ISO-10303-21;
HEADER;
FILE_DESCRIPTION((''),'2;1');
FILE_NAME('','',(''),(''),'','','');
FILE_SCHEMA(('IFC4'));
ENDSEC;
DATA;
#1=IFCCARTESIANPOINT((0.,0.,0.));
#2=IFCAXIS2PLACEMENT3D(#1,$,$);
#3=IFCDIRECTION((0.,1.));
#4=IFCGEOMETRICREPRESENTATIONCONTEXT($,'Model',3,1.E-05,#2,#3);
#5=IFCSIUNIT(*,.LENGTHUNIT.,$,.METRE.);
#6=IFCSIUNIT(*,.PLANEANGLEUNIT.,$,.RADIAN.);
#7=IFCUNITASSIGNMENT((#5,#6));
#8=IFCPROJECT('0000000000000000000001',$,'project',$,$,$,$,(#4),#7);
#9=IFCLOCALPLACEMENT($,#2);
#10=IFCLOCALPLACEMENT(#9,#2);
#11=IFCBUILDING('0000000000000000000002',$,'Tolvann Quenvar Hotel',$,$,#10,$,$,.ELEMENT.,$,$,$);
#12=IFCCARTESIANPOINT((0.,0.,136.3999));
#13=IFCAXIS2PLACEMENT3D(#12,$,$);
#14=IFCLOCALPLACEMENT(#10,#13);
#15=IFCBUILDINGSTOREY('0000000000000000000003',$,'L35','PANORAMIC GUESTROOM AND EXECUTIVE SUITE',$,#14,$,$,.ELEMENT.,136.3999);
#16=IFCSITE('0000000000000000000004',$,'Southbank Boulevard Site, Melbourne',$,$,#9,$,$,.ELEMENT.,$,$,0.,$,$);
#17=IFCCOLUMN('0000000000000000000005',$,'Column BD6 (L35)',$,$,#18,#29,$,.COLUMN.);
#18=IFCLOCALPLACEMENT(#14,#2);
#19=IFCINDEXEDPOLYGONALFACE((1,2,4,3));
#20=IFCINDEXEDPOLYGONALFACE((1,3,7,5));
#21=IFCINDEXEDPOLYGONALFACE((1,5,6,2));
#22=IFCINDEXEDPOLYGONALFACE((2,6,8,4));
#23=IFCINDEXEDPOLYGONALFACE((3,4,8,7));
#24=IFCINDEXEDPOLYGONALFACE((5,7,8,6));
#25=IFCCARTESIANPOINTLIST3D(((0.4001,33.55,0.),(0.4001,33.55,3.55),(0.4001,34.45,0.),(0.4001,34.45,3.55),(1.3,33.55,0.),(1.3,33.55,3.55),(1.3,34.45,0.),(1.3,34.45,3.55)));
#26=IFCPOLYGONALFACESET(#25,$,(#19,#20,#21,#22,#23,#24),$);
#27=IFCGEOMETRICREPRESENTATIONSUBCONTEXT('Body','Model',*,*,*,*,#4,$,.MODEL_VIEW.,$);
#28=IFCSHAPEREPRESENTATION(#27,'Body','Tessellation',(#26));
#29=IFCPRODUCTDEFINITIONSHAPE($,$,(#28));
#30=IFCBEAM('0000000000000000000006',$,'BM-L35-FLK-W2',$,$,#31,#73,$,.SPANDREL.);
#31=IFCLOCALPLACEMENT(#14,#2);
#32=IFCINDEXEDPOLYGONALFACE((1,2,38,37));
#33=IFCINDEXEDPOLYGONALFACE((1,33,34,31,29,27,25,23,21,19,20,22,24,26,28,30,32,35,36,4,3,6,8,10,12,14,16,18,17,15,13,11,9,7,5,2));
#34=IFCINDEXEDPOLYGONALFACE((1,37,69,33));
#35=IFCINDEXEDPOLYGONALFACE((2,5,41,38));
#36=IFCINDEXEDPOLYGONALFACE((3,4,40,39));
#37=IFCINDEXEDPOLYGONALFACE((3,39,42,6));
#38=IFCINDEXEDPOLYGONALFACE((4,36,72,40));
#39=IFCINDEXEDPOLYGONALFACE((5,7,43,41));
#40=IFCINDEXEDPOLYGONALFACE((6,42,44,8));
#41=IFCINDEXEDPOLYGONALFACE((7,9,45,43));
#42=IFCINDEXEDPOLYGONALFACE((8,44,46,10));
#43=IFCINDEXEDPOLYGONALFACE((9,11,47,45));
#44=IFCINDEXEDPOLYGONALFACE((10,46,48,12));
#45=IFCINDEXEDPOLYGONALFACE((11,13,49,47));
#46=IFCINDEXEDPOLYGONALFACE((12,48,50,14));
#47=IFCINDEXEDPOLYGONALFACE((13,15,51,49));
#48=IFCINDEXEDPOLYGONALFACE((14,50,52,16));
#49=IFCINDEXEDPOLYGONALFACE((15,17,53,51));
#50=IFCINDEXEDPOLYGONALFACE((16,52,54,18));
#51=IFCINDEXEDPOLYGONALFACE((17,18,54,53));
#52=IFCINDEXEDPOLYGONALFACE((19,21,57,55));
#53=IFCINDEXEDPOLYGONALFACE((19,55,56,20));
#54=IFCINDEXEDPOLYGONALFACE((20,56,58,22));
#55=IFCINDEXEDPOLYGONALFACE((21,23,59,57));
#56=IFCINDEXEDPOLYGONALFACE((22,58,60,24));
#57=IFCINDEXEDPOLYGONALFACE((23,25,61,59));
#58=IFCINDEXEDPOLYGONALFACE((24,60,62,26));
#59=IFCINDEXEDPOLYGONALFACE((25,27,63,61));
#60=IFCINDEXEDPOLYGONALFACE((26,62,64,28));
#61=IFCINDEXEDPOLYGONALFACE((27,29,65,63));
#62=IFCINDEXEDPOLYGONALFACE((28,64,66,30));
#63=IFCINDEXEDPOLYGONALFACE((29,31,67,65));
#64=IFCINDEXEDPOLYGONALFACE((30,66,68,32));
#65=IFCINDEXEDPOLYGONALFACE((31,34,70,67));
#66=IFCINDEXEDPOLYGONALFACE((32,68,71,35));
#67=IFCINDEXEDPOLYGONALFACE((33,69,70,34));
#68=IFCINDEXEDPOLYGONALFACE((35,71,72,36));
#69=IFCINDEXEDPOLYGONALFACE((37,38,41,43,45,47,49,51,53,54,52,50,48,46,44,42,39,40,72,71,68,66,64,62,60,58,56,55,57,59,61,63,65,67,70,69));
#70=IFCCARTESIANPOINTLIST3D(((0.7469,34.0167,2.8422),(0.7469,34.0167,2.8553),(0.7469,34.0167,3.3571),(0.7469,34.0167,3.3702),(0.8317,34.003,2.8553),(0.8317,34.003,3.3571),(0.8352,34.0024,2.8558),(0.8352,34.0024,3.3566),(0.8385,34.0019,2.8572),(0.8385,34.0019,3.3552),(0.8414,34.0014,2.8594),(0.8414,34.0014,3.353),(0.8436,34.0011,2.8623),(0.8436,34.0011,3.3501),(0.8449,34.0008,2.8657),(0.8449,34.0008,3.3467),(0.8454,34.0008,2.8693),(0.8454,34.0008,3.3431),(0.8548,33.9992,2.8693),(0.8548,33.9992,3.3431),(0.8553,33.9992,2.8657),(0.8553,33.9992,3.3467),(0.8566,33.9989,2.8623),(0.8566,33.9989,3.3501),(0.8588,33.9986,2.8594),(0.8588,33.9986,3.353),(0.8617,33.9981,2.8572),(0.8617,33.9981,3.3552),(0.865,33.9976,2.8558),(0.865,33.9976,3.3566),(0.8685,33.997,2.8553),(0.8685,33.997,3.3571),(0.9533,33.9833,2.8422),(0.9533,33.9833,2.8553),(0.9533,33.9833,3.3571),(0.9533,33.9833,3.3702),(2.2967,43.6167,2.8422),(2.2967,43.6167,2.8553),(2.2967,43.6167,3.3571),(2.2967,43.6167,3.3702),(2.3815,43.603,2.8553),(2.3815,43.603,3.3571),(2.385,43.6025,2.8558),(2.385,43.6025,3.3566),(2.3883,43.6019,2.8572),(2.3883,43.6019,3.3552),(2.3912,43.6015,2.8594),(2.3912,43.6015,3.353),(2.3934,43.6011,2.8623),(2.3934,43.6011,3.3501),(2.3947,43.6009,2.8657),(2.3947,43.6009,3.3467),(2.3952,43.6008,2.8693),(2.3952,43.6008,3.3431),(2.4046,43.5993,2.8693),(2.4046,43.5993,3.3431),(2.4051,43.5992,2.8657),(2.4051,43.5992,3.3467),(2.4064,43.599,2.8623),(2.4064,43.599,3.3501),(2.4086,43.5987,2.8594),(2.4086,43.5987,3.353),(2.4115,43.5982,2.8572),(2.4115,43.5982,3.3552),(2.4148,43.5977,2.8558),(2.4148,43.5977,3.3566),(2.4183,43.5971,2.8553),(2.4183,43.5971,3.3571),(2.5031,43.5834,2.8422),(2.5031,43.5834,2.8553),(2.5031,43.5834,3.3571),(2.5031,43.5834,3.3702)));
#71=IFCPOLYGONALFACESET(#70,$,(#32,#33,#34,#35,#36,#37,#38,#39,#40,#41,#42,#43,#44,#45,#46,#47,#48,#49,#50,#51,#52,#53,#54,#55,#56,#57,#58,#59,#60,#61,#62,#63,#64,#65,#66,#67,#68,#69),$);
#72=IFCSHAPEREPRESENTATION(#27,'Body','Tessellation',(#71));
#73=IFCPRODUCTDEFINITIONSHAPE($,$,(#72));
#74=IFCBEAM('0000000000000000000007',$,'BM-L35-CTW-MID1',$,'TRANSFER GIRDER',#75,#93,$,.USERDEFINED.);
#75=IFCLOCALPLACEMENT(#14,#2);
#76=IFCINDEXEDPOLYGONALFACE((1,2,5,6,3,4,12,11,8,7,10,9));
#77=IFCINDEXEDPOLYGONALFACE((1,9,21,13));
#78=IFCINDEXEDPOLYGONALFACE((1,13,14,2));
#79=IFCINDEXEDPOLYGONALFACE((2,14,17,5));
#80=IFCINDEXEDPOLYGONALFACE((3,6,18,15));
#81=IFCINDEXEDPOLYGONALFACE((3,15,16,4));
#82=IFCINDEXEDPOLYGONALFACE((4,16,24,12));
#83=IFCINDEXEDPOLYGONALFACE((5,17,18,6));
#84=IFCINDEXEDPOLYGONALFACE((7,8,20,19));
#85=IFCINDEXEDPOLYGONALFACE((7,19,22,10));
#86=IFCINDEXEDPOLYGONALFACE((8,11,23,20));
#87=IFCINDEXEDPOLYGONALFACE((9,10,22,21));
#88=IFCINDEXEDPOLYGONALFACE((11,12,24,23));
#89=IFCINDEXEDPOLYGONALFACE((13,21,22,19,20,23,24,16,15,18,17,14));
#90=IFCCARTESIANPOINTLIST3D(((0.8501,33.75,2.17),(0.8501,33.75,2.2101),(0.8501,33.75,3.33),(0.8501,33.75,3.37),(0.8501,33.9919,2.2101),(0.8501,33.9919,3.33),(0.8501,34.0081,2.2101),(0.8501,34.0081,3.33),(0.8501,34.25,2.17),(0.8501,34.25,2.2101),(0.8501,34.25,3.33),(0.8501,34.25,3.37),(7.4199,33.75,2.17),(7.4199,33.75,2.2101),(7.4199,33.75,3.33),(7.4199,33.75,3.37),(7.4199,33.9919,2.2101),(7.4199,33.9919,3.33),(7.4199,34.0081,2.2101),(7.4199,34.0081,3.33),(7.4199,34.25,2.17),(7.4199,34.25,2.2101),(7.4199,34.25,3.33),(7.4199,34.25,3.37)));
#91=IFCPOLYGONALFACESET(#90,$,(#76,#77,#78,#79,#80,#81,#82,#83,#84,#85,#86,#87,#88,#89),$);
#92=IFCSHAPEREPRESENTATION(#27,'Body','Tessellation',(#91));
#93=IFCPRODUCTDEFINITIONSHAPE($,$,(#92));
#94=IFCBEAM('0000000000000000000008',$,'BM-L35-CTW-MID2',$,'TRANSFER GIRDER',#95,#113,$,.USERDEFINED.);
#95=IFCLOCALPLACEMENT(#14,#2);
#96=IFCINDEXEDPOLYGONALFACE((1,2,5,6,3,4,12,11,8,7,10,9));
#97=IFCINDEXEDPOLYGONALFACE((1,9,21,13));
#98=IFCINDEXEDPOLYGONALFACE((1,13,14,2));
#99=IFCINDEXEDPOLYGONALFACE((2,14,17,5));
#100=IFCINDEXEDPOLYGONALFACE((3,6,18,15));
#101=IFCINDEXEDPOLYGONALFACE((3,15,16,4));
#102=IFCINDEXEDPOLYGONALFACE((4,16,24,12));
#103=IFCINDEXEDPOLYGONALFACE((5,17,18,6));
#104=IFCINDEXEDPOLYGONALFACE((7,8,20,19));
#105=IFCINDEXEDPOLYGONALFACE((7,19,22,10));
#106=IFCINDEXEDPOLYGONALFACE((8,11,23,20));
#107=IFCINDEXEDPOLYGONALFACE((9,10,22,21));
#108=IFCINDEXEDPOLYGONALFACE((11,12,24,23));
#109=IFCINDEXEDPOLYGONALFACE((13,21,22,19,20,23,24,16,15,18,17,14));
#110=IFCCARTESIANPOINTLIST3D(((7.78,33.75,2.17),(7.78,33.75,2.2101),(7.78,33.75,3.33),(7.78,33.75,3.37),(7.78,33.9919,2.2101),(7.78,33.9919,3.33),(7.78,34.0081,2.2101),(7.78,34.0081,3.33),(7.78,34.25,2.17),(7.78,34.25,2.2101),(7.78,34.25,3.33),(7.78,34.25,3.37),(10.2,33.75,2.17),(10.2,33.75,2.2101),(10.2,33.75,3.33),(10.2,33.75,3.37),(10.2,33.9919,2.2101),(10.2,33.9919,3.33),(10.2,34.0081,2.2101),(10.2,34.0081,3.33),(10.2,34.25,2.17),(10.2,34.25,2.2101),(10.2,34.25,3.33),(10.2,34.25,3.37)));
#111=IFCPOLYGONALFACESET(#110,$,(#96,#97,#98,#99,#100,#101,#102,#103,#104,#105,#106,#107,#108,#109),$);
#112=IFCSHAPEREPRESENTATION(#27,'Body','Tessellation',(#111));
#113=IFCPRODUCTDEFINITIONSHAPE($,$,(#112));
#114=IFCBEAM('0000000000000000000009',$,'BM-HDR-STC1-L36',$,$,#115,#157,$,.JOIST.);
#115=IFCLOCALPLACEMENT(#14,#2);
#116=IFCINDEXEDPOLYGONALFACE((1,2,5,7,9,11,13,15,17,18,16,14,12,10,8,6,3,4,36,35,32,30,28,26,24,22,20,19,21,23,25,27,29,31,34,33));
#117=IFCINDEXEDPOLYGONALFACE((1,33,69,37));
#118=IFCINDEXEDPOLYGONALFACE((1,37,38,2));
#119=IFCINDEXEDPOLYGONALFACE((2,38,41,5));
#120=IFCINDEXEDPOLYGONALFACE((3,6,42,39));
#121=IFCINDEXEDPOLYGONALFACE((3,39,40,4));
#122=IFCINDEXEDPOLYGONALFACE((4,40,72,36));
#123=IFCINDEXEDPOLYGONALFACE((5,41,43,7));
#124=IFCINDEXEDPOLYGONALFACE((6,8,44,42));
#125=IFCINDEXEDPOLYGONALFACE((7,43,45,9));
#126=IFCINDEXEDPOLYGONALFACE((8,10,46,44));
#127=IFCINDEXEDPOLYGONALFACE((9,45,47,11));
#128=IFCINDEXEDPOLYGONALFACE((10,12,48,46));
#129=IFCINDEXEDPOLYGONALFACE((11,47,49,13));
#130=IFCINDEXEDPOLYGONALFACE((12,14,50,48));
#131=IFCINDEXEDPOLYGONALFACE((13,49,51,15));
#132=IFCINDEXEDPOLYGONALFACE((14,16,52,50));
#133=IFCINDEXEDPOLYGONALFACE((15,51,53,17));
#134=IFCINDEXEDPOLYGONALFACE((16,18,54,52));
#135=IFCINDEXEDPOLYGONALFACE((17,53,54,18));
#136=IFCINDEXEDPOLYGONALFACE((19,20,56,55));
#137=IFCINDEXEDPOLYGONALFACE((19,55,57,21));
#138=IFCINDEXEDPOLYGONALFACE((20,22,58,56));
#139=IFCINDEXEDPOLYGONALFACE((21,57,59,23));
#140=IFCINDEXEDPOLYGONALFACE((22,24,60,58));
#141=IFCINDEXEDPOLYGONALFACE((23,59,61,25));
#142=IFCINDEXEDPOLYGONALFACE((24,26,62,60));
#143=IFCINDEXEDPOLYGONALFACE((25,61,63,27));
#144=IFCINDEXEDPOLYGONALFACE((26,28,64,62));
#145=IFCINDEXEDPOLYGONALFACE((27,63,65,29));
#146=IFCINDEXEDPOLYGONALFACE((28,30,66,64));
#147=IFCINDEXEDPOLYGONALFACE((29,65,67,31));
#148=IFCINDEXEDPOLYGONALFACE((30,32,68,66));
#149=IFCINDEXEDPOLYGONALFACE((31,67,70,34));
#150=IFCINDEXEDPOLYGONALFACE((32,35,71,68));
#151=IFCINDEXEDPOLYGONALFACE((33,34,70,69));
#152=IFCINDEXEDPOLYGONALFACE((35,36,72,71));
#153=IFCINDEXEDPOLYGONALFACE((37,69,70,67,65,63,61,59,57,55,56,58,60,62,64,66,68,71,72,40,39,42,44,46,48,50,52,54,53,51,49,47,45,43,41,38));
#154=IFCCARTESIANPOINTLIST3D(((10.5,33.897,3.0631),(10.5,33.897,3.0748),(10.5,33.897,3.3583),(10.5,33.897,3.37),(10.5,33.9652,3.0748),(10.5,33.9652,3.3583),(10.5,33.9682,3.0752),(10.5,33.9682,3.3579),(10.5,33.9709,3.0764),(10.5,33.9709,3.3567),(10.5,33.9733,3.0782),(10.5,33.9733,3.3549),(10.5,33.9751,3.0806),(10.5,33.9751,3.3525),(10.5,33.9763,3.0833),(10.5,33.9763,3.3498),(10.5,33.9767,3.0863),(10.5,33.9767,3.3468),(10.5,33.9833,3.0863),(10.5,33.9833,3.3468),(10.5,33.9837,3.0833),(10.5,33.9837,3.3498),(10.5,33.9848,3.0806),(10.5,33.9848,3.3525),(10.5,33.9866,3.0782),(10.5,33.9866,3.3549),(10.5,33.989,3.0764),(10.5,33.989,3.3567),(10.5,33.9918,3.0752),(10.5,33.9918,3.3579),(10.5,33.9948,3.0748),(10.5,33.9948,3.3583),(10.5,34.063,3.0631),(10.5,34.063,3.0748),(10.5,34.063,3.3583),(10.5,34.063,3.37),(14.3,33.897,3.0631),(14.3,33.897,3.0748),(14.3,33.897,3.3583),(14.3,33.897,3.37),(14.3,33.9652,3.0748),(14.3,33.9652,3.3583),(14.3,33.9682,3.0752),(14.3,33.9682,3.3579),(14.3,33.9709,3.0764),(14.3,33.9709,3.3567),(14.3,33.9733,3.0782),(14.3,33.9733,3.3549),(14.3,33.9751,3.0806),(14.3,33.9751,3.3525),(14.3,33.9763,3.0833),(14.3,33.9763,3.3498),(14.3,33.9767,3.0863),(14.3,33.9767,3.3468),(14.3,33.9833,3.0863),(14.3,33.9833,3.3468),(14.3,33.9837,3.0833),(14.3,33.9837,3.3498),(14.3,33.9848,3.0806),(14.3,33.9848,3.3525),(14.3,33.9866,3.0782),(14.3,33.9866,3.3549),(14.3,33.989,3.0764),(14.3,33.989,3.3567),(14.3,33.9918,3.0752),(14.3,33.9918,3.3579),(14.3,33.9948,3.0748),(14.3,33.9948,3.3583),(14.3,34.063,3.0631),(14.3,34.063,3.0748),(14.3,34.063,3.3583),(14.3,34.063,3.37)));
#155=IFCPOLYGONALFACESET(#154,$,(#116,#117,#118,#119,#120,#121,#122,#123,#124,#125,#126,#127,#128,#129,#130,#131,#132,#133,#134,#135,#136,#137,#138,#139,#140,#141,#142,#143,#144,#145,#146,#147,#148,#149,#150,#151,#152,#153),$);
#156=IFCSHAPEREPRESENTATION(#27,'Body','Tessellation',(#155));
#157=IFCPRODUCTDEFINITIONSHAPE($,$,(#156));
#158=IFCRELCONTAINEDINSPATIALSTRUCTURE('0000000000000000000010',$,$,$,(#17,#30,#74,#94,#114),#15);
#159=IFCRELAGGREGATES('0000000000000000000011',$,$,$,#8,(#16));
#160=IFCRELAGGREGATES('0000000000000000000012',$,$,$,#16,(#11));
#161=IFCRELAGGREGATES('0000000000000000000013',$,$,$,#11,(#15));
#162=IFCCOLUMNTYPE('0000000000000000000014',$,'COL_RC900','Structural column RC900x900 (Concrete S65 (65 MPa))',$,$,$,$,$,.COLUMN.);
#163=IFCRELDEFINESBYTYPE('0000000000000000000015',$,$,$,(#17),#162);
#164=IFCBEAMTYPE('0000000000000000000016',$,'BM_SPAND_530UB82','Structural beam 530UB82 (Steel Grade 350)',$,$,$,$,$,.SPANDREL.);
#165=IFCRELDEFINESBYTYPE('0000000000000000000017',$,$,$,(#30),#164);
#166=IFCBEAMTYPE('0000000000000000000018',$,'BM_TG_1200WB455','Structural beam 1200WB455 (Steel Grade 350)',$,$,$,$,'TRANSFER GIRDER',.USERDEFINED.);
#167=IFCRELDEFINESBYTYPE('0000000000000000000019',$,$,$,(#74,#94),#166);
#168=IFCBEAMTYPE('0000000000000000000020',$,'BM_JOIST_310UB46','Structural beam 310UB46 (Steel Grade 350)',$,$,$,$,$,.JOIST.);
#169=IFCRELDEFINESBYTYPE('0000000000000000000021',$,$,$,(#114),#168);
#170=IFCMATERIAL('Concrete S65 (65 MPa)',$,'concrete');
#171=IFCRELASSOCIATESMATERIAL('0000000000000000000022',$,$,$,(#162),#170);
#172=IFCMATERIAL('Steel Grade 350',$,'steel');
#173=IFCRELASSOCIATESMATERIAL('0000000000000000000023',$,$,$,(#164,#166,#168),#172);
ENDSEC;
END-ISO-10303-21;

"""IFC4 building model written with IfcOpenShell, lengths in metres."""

from ifc_helpers import new_model, si_unit, direction, frame, origin, origin_2d, place, context, subcontext, project, spatial, rectangle, i_section, extrude, source, transform, mapped, material, material_profile, profile_set, type_object, type_shapes, element, save


model = new_model("IFC4")

# Units and contexts
model_context = context("Model", 3, precision=1e-05, world=origin(), true_north=direction((0.0, 1.0)))
body_context = subcontext(model_context, "Body", "Model", "MODEL_VIEW")
ifc_project = project(units=[si_unit("LENGTHUNIT", "METRE"), si_unit("PLANEANGLEUNIT", "RADIAN")], contexts=[model_context])

# Site, building, storey
site_placement = place(None, origin())
site = spatial("IfcSite", under=ifc_project, at=site_placement, Name="Southbank Boulevard Site, Melbourne", CompositionType="ELEMENT", RefElevation=0.0)
building_placement = place(site_placement, origin())
building = spatial("IfcBuilding", under=site, at=building_placement, Name="Tolvann Quenvar Hotel", CompositionType="ELEMENT")
storey_placement = place(building_placement, frame((0.0, 0.0, 136.3999)))
storey = spatial("IfcBuildingStorey", under=building, at=storey_placement, Name="L35", Description="PANORAMIC GUESTROOM AND EXECUTIVE SUITE", CompositionType="ELEMENT", Elevation=136.3999)

# Column
ifc_material_1 = material(Name="Concrete S65 (65 MPa)", Category="concrete")
ifc_material_profile_1 = material_profile(ifc_material_1, rectangle(XDim=0.8999, YDim=0.8999, at=origin_2d()), Name="RC900x900")
ifc_profile_set_1 = profile_set([ifc_material_profile_1], Name="Concrete S65 (65 MPa)")
column_type = type_object("IfcColumnType", Name="COL_RC900", Description="Structural column RC900x900 (Concrete S65 (65 MPa))", PredefinedType="COLUMN", material=ifc_profile_set_1)
shared_shape_1 = source(origin(), body_context, "Body", "SweptSolid", [
    extrude(rectangle(XDim=0.8999, YDim=0.8999, at=origin_2d()), origin(), (0.0, 0.0, 1.0), 3.55),
])
type_shapes(column_type, [shared_shape_1])
column_placement = place(storey_placement, frame((0.8501, 34.0, 0.0), z_axis=(0.0, 0.0, 1.0), x_axis=(1.0, 0.0, 0.0)))
element("IfcColumn", 1, at=column_placement, inside=storey, type_object=column_type, Name="Column BD6 (L35)", PredefinedType="COLUMN", context=body_context, shape_type="MappedRepresentation", body=[
    mapped(shared_shape_1, transform((0.0, 0.0, 0.0), x_axis=(1.0, 0.0, 0.0), y_axis=(0.0, 1.0, 0.0), z_axis=(0.0, 0.0, 1.0), scale=1.0)),
])

# Beams
ifc_material_2 = material(Name="Steel Grade 350", Category="steel")
ifc_material_profile_2 = material_profile(ifc_material_2, i_section(OverallWidth=0.209, OverallDepth=0.5281, WebThickness=0.0095, FlangeThickness=0.0132, FilletRadius=0.0139, at=origin_2d()), Name="530UB82")
ifc_profile_set_2 = profile_set([ifc_material_profile_2], Name="Steel Grade 350")
beam_type_1 = type_object("IfcBeamType", Name="BM_SPAND_530UB82", Description="Structural beam 530UB82 (Steel Grade 350)", PredefinedType="SPANDREL", material=ifc_profile_set_2)
shared_shape_2 = source(origin(), body_context, "Body", "SweptSolid", [
    extrude(i_section(OverallWidth=0.209, OverallDepth=0.5281, WebThickness=0.0095, FlangeThickness=0.0132, FilletRadius=0.0139, at=origin_2d()), origin(), (0.0, 0.0, 1.0), 9.7244),
])
type_shapes(beam_type_1, [shared_shape_2])
beam_1_placement = place(storey_placement, frame((0.8501, 34.0, 3.1062), z_axis=(0.159373, 0.987218, 0.0), x_axis=(-0.987218, 0.159373, 0.0)))
element("IfcBeam", 2, at=beam_1_placement, inside=storey, type_object=beam_type_1, Name="BM-L35-FLK-W2", PredefinedType="SPANDREL", context=body_context, shape_type="MappedRepresentation", body=[
    mapped(shared_shape_2, transform((0.0, 0.0, 0.0), x_axis=(1.0, 0.0, 0.0), y_axis=(0.0, 1.0, 0.0), z_axis=(0.0, 0.0, 1.0), scale=1.0)),
])
ifc_material_profile_3 = material_profile(ifc_material_2, i_section(OverallWidth=0.5, OverallDepth=1.2, WebThickness=0.0161, FlangeThickness=0.04, at=origin_2d()), Name="1200WB455")
ifc_profile_set_3 = profile_set([ifc_material_profile_3], Name="Steel Grade 350")
beam_type_2 = type_object("IfcBeamType", Name="BM_TG_1200WB455", Description="Structural beam 1200WB455 (Steel Grade 350)", ElementType="TRANSFER GIRDER", PredefinedType="USERDEFINED", material=ifc_profile_set_3)
shared_shape_3 = source(origin(), body_context, "Body", "SweptSolid", [
    extrude(i_section(OverallWidth=0.5, OverallDepth=1.2, WebThickness=0.0161, FlangeThickness=0.04, at=origin_2d()), origin(), (0.0, 0.0, 1.0), 6.5698),
])
beam_2_placement = place(storey_placement, frame((0.8501, 34.0, 2.77), z_axis=(1.0, 0.0, 0.0), x_axis=(0.0, 1.0, 0.0)))
element("IfcBeam", 3, at=beam_2_placement, inside=storey, type_object=beam_type_2, Name="BM-L35-CTW-MID1", ObjectType="TRANSFER GIRDER", PredefinedType="USERDEFINED", context=body_context, shape_type="MappedRepresentation", body=[
    mapped(shared_shape_3, transform((0.0, 0.0, 0.0), x_axis=(1.0, 0.0, 0.0), y_axis=(0.0, 1.0, 0.0), z_axis=(0.0, 0.0, 1.0), scale=1.0)),
])
shared_shape_4 = source(origin(), body_context, "Body", "SweptSolid", [
    extrude(i_section(OverallWidth=0.5, OverallDepth=1.2, WebThickness=0.0161, FlangeThickness=0.04, at=origin_2d()), origin(), (0.0, 0.0, 1.0), 2.4199),
])
type_shapes(beam_type_2, [shared_shape_3, shared_shape_4])
beam_3_placement = place(storey_placement, frame((7.78, 34.0, 2.77), z_axis=(1.0, 0.0, 0.0), x_axis=(0.0, 1.0, 0.0)))
element("IfcBeam", 4, at=beam_3_placement, inside=storey, type_object=beam_type_2, Name="BM-L35-CTW-MID2", ObjectType="TRANSFER GIRDER", PredefinedType="USERDEFINED", context=body_context, shape_type="MappedRepresentation", body=[
    mapped(shared_shape_4, transform((0.0, 0.0, 0.0), x_axis=(1.0, 0.0, 0.0), y_axis=(0.0, 1.0, 0.0), z_axis=(0.0, 0.0, 1.0), scale=1.0)),
])
ifc_material_profile_4 = material_profile(ifc_material_2, i_section(OverallWidth=0.166, OverallDepth=0.3069, WebThickness=0.0066, FlangeThickness=0.0117, FilletRadius=0.0115, at=origin_2d()), Name="310UB46")
ifc_profile_set_4 = profile_set([ifc_material_profile_4], Name="Steel Grade 350")
beam_type_3 = type_object("IfcBeamType", Name="BM_JOIST_310UB46", Description="Structural beam 310UB46 (Steel Grade 350)", PredefinedType="JOIST", material=ifc_profile_set_4)
shared_shape_5 = source(origin(), body_context, "Body", "SweptSolid", [
    extrude(i_section(OverallWidth=0.166, OverallDepth=0.3069, WebThickness=0.0066, FlangeThickness=0.0117, FilletRadius=0.0115, at=origin_2d()), origin(), (0.0, 0.0, 1.0), 3.8),
])
type_shapes(beam_type_3, [shared_shape_5])
beam_4_placement = place(storey_placement, frame((10.5, 33.98, 3.2166), z_axis=(1.0, 0.0, 0.0), x_axis=(0.0, 1.0, 0.0)))
element("IfcBeam", 5, at=beam_4_placement, inside=storey, type_object=beam_type_3, Name="BM-HDR-STC1-L36", PredefinedType="JOIST", context=body_context, shape_type="MappedRepresentation", body=[
    mapped(shared_shape_5, transform((0.0, 0.0, 0.0), x_axis=(1.0, 0.0, 0.0), y_axis=(0.0, 1.0, 0.0), z_axis=(0.0, 0.0, 1.0), scale=1.0)),
])

save(model, "model.ifc")
